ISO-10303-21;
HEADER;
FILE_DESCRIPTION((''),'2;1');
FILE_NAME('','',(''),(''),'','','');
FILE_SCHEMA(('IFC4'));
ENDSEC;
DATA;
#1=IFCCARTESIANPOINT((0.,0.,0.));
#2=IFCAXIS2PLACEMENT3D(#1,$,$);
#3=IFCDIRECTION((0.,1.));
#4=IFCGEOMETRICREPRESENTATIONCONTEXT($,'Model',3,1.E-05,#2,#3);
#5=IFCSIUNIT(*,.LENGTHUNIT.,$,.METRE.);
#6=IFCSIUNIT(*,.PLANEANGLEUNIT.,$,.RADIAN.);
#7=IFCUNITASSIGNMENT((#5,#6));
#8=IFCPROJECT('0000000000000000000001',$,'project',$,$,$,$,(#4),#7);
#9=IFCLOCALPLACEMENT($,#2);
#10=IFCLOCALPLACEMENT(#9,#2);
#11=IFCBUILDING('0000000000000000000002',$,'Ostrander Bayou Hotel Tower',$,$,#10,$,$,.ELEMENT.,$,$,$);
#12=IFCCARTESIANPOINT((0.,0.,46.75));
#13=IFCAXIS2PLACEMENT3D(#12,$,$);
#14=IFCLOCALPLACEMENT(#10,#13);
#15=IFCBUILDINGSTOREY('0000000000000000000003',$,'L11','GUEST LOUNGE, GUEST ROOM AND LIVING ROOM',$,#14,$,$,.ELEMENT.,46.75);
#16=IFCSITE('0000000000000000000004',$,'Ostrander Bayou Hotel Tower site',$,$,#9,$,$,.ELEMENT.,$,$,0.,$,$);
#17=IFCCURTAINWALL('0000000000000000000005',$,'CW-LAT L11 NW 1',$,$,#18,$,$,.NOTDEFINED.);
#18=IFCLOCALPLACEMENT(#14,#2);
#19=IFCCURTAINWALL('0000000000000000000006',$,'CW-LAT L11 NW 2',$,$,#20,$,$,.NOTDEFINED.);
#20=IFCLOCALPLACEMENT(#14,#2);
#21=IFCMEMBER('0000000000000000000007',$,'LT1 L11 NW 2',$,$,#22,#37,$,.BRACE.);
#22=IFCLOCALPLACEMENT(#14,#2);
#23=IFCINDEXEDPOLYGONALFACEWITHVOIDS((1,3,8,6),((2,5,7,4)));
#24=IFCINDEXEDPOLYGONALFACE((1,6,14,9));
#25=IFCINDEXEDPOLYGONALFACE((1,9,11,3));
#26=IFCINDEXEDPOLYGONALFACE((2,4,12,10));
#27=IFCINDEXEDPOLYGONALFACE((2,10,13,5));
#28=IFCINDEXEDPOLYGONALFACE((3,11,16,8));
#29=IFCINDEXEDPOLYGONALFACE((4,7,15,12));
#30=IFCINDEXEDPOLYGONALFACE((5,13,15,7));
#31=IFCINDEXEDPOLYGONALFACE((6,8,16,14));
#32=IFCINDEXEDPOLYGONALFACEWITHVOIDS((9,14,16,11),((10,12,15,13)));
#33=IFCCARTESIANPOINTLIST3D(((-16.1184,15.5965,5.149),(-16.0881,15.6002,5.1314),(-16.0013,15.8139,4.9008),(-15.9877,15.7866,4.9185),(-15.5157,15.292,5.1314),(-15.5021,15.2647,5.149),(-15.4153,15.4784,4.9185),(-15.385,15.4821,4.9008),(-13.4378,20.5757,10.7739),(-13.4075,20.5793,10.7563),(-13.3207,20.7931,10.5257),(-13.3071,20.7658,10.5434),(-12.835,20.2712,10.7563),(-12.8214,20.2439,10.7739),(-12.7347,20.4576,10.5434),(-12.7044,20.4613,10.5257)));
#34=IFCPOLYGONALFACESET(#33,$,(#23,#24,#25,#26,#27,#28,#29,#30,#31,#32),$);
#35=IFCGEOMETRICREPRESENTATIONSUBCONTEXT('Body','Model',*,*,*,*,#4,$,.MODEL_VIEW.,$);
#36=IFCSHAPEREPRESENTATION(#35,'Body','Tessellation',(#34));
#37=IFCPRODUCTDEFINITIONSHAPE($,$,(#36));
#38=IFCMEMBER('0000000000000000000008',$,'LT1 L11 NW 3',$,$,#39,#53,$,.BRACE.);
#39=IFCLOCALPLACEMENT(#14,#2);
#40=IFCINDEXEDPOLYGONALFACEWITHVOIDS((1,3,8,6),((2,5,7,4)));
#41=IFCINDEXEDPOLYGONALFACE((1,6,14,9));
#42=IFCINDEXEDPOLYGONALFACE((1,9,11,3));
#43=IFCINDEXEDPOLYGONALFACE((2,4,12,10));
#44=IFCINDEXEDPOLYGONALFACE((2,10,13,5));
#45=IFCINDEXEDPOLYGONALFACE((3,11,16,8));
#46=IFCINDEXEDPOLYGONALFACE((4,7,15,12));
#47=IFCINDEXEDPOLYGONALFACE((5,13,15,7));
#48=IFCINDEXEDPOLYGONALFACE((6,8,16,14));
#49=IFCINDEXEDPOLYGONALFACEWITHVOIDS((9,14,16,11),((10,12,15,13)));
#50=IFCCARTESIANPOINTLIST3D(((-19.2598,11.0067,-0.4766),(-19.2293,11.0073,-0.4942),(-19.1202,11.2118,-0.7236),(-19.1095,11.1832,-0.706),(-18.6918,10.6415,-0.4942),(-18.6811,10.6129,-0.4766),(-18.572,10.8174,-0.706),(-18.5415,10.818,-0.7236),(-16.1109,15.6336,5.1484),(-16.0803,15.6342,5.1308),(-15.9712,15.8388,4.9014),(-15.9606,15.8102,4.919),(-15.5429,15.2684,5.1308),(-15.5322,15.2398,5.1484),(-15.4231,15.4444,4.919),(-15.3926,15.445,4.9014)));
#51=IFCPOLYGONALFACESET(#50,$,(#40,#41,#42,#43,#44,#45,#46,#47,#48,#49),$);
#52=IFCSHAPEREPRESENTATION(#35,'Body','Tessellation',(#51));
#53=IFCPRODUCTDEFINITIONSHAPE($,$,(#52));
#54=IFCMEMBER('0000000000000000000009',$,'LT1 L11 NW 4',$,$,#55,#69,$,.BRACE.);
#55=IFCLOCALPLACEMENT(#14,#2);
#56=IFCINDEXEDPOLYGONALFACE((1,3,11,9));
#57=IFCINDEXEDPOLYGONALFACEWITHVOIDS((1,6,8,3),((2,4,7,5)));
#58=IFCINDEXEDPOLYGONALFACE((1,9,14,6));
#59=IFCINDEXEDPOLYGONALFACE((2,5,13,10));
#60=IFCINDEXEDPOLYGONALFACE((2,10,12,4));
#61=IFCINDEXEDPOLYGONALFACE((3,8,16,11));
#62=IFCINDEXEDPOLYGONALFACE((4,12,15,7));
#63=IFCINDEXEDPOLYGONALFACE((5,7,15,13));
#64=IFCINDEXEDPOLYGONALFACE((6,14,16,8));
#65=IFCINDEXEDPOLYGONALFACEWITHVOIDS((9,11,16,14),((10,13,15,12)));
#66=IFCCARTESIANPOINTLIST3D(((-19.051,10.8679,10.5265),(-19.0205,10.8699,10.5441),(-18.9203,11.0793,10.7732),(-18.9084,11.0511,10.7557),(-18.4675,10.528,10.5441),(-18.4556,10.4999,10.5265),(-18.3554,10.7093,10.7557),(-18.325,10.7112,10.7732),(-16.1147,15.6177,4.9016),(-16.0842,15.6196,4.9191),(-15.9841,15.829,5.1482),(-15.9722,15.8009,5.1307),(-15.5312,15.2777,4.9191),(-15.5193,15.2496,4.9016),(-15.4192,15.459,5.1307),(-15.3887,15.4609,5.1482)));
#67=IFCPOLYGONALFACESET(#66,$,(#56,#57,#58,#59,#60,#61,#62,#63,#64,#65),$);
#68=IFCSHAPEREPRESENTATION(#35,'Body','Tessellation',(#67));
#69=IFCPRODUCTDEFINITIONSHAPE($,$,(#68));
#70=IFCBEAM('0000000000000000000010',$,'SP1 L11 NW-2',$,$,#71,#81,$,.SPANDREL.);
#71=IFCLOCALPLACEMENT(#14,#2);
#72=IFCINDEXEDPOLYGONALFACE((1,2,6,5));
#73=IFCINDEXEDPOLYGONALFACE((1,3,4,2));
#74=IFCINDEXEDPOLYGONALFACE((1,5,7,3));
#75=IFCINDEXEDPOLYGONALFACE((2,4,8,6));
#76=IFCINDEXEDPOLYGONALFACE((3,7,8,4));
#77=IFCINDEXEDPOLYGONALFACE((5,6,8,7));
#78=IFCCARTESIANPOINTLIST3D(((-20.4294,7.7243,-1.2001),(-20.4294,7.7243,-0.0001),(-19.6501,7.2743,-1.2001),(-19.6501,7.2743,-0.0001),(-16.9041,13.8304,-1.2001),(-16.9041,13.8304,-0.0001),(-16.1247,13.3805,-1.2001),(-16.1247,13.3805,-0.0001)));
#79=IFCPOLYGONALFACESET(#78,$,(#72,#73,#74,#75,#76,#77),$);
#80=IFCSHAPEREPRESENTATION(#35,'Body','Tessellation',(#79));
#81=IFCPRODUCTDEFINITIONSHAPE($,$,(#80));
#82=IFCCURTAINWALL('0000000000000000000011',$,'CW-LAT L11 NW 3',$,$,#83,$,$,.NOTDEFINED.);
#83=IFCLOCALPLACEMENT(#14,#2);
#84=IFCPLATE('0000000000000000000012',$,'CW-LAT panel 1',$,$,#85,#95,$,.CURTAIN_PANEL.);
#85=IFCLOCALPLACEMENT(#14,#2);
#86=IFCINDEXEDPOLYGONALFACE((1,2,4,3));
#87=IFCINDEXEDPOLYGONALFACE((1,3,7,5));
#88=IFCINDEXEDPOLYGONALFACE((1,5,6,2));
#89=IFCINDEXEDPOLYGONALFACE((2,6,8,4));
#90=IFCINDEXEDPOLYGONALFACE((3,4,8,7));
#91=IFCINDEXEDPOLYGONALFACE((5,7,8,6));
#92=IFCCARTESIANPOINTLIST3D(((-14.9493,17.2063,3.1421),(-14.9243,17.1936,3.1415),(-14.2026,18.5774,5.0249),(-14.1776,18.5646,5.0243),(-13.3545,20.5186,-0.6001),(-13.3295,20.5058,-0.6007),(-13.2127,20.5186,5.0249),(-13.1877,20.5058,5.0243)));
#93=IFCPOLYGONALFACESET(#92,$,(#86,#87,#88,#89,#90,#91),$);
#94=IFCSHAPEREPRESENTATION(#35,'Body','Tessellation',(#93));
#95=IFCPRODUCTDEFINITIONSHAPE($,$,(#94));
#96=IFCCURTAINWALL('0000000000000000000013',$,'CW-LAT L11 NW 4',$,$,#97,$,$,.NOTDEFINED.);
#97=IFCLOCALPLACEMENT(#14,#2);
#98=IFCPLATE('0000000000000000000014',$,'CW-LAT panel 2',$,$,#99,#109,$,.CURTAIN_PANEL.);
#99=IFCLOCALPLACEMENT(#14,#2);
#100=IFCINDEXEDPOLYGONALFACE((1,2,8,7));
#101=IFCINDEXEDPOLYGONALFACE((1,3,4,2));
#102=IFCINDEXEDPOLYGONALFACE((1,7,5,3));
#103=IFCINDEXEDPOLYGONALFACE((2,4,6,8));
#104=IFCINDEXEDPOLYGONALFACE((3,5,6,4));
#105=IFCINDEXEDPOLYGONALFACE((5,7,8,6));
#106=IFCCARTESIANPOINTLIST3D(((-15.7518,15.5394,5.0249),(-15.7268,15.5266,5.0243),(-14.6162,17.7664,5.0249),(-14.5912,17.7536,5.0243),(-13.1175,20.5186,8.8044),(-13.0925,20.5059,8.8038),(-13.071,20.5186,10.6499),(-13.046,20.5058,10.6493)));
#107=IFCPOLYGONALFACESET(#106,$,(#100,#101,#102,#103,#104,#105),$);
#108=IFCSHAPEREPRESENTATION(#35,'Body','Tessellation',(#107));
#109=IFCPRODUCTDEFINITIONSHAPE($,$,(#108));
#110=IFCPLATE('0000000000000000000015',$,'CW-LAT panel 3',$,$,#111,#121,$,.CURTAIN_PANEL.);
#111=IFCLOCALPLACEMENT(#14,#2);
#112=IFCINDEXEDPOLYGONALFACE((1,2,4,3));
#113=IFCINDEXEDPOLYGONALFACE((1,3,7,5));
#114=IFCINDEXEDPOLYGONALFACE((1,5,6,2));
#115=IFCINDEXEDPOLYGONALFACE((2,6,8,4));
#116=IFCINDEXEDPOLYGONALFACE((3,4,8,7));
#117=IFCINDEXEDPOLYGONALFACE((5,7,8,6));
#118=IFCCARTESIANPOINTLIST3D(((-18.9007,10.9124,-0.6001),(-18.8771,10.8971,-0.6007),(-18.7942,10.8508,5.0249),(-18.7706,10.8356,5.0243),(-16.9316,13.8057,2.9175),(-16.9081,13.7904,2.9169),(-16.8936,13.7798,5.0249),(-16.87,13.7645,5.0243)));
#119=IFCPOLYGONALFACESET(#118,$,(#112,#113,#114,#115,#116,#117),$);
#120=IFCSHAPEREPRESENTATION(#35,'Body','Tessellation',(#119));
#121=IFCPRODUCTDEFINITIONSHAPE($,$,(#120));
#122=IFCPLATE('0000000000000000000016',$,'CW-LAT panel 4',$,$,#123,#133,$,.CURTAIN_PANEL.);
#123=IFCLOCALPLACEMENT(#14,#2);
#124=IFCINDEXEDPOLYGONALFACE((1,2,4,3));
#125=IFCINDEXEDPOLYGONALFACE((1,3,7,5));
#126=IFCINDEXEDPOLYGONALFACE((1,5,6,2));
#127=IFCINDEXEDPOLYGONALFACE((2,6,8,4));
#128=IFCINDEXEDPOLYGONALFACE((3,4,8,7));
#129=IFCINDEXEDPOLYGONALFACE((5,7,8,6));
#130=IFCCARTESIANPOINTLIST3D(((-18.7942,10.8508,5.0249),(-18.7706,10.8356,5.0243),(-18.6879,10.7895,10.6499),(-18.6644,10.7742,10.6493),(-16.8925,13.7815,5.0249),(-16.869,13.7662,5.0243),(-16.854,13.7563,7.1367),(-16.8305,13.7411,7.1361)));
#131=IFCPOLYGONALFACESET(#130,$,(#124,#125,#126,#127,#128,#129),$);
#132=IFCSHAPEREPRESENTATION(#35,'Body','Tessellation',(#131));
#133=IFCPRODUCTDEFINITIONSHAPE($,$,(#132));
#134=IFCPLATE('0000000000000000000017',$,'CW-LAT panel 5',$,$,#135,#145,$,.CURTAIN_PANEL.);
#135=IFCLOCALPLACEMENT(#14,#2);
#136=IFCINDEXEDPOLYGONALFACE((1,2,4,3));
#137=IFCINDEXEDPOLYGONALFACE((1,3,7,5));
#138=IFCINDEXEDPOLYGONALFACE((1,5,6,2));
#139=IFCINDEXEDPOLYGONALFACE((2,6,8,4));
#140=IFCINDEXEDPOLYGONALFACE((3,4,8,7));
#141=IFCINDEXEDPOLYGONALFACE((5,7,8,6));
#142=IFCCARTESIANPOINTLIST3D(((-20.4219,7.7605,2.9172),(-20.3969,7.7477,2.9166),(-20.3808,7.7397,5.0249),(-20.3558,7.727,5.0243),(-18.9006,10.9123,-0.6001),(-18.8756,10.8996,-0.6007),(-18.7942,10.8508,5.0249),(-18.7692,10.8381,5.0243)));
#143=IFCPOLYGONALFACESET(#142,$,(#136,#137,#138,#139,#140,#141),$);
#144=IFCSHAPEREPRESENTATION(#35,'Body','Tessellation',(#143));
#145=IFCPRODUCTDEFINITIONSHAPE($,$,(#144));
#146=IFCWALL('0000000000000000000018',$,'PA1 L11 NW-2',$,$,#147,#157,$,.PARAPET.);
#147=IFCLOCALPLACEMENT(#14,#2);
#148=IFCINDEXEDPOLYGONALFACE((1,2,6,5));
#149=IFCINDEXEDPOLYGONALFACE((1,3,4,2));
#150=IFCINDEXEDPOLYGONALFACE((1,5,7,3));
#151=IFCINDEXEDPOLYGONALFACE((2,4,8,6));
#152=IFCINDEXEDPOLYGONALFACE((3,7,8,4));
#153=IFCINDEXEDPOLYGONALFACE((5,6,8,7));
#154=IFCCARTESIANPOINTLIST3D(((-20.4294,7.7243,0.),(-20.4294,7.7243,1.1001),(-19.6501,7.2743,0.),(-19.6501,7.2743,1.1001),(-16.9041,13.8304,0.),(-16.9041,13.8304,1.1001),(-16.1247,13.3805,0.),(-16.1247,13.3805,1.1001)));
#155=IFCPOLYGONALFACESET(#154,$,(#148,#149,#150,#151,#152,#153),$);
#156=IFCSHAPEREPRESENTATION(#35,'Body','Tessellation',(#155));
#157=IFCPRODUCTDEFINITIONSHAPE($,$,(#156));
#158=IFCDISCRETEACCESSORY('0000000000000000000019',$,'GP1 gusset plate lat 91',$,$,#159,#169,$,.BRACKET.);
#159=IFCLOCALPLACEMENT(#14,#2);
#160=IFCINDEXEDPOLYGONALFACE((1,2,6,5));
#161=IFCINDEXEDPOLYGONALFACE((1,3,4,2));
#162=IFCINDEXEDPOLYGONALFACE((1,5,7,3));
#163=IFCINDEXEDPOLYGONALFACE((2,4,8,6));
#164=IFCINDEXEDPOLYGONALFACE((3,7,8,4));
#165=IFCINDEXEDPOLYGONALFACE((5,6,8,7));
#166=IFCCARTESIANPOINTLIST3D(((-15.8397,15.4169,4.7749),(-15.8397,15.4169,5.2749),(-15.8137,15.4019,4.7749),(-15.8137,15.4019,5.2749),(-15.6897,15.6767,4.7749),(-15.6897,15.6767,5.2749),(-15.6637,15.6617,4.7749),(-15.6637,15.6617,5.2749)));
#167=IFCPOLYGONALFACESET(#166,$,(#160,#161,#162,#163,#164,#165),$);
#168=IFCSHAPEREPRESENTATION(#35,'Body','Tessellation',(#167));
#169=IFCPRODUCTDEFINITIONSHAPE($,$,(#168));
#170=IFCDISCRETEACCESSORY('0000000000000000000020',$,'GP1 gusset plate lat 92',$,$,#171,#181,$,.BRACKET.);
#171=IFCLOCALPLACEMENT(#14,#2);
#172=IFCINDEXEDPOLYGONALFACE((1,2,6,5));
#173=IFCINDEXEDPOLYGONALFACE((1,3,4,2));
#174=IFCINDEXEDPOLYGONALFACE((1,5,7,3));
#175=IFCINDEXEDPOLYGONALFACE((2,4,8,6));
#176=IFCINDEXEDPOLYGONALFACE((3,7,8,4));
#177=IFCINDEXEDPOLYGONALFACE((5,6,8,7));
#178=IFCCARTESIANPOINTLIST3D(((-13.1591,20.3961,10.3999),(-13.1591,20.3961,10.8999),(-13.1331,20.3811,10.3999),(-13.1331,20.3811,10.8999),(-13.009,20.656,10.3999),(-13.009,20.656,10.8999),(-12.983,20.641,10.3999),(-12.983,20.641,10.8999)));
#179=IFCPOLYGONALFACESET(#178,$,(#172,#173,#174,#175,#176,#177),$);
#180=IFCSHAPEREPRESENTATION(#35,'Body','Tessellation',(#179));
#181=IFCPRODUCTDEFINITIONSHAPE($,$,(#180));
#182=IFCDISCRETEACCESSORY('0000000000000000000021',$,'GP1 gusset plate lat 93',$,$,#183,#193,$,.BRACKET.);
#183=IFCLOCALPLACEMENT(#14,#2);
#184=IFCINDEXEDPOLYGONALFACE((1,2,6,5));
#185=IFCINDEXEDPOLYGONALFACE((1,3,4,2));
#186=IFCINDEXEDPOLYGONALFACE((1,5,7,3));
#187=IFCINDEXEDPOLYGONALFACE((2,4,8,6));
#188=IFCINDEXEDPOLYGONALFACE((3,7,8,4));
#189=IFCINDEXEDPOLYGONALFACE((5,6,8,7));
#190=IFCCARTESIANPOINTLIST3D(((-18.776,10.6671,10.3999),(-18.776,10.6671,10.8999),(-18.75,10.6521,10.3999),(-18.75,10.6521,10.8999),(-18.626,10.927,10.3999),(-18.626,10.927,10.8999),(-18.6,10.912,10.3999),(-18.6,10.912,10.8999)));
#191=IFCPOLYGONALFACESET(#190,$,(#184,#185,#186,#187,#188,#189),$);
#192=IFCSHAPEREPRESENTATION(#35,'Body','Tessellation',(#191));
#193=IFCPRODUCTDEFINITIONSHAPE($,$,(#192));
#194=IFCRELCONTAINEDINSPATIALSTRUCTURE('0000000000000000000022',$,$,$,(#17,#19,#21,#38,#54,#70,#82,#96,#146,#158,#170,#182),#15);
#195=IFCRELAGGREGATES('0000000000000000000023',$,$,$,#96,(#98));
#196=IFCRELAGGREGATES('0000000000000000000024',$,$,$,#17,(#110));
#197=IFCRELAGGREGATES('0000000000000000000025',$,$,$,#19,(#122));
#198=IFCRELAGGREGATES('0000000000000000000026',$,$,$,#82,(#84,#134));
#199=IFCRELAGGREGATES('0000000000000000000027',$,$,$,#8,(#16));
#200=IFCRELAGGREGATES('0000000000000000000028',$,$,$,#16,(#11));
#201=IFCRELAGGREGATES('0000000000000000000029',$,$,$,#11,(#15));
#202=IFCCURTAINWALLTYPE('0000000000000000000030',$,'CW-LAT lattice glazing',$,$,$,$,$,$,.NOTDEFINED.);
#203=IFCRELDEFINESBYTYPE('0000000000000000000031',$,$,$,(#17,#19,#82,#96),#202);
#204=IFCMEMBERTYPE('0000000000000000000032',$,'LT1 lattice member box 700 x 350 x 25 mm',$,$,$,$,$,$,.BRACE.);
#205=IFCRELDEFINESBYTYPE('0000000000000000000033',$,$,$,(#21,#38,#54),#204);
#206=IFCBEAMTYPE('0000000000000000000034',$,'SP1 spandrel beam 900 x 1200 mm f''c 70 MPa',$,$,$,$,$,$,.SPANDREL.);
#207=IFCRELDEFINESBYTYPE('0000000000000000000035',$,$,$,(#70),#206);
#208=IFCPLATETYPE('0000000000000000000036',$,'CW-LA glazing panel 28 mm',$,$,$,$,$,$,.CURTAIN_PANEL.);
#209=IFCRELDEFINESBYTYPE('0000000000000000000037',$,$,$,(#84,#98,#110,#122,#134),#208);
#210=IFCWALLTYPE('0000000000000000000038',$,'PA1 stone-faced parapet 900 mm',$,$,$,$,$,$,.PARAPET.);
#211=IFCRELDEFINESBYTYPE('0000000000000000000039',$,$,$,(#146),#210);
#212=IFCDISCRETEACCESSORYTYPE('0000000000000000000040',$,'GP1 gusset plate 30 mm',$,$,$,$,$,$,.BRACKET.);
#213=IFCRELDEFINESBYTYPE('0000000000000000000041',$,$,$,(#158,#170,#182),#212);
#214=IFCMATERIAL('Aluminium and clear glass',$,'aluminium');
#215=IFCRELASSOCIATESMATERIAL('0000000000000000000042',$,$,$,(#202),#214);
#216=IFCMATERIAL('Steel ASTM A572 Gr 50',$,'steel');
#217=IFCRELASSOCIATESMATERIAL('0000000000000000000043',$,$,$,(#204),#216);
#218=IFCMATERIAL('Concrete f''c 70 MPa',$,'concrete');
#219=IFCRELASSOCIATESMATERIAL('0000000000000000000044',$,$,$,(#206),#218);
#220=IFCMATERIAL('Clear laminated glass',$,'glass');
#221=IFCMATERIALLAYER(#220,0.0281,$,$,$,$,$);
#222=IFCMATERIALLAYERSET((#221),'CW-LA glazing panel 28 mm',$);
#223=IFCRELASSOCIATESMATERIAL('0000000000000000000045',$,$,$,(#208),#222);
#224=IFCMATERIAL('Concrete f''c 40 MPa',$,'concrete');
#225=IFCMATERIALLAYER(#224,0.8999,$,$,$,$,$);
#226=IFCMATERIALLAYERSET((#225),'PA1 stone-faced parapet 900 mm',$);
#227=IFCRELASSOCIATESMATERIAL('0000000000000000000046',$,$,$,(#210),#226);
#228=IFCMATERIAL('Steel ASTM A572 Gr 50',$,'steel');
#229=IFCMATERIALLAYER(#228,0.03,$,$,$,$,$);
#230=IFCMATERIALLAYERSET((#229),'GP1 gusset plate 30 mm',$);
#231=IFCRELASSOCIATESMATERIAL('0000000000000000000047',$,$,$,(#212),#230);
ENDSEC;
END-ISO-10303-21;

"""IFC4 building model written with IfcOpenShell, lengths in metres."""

from ifc_helpers import new_model, si_unit, direction, frame, frame_2d, origin, origin_2d, place, context, subcontext, project, spatial, polyline, rectangle, hollow_rectangle, outline, extrude, material, layer, layer_set, material_profile, profile_set, type_object, element, aggregate, save


model = new_model("IFC4")

# Units and contexts
model_context = context("Model", 3, precision=1e-05, world=origin(), true_north=direction((0.0, 1.0)))
body_context = subcontext(model_context, "Body", "Model", "MODEL_VIEW")
ifc_project = project(units=[si_unit("LENGTHUNIT", "METRE"), si_unit("PLANEANGLEUNIT", "RADIAN")], contexts=[model_context])

# Site, building, storey
site_placement = place(None, origin())
site = spatial("IfcSite", under=ifc_project, at=site_placement, Name="Ostrander Bayou Hotel Tower site", CompositionType="ELEMENT", RefElevation=0.0)
building_placement = place(site_placement, origin())
building = spatial("IfcBuilding", under=site, at=building_placement, Name="Ostrander Bayou Hotel Tower", CompositionType="ELEMENT")
storey_placement = place(building_placement, frame((0.0, 0.0, 46.75)))
storey = spatial("IfcBuildingStorey", under=building, at=storey_placement, Name="L11", Description="GUEST LOUNGE, GUEST ROOM AND LIVING ROOM", CompositionType="ELEMENT", Elevation=46.75)

# Curtain walls
ifc_material_1 = material(Name="Aluminium and clear glass", Category="aluminium")
curtain_wall_type = type_object("IfcCurtainWallType", Name="CW-LAT lattice glazing", PredefinedType="NOTDEFINED", material=ifc_material_1)
curtain_wall_1_placement = place(storey_placement, origin())
curtain_wall_1 = element("IfcCurtainWall", 1, at=curtain_wall_1_placement, inside=storey, type_object=curtain_wall_type, Name="CW-LAT L11 NW 1", PredefinedType="NOTDEFINED")
curtain_wall_2_placement = place(storey_placement, origin())
curtain_wall_2 = element("IfcCurtainWall", 2, at=curtain_wall_2_placement, inside=storey, type_object=curtain_wall_type, Name="CW-LAT L11 NW 2", PredefinedType="NOTDEFINED")

# Members
ifc_material_2 = material(Name="Steel ASTM A572 Gr 50", Category="steel")
ifc_material_profile_1 = material_profile(ifc_material_2, hollow_rectangle(XDim=0.7, YDim=0.3501, WallThickness=0.0249, at=origin_2d()))
ifc_profile_set_1 = profile_set([ifc_material_profile_1], Name="Steel ASTM A572 Gr 50")
member_type_1 = type_object("IfcMemberType", Name="LT1 lattice member box 700 x 350 x 25 mm", PredefinedType="BRACE", material=ifc_profile_set_1)
member_1_placement = place(storey_placement, frame((-15.7517, 15.5393, 5.0249), z_axis=(0.336084, 0.624265, 0.705225), x_axis=(-0.880506, 0.474035, 0.0)))
element("IfcMember", 3, at=member_1_placement, inside=storey, type_object=member_type_1, Name="LT1 L11 NW 2", PredefinedType="BRACE", context=body_context, shape_type="SweptSolid", body=[
    extrude(hollow_rectangle(XDim=0.7, YDim=0.3501, WallThickness=0.0249, at=origin_2d()), origin(), (0.0, 0.0, 1.0), 7.9761),
])
member_2_placement = place(storey_placement, frame((-15.7517, 15.5393, 5.0249), z_axis=(-0.396837, -0.583103, -0.70888), x_axis=(0.826711, -0.562627, 0.0)))
element("IfcMember", 4, at=member_2_placement, inside=storey, type_object=member_type_1, Name="LT1 L11 NW 3", PredefinedType="BRACE", context=body_context, shape_type="SweptSolid", body=[
    extrude(hollow_rectangle(XDim=0.7, YDim=0.3501, WallThickness=0.0249, at=origin_2d()), origin(), (0.0, 0.0, 1.0), 7.9351),
])
member_3_placement = place(storey_placement, frame((-15.7517, 15.5393, 5.0249), z_axis=(-0.370459, -0.599258, 0.709684), x_axis=(0.850589, -0.525831, 0.0)))
element("IfcMember", 5, at=member_3_placement, inside=storey, type_object=member_type_1, Name="LT1 L11 NW 4", PredefinedType="BRACE", context=body_context, shape_type="SweptSolid", body=[
    extrude(hollow_rectangle(XDim=0.7, YDim=0.3501, WallThickness=0.0249, at=origin_2d()), origin(), (0.0, 0.0, 1.0), 7.926),
])

# Beam
ifc_material_3 = material(Name="Concrete f'c 70 MPa", Category="concrete")
ifc_material_profile_2 = material_profile(ifc_material_3, rectangle(XDim=0.8999, YDim=1.2, at=origin_2d()))
ifc_profile_set_2 = profile_set([ifc_material_profile_2], Name="Concrete f'c 70 MPa")
beam_type_1 = type_object("IfcBeamType", Name="SP1 spandrel beam 900 x 1200 mm f'c 70 MPa", PredefinedType="SPANDREL", material=ifc_profile_set_2)
beam_1_placement = place(storey_placement, frame((-16.5144, 13.6055, -0.6001), z_axis=(-0.499997, -0.866027, 0.0), x_axis=(0.866027, -0.499997, 0.0)))
element("IfcBeam", 6, at=beam_1_placement, inside=storey, type_object=beam_type_1, Name="SP1 L11 NW-2", PredefinedType="SPANDREL", context=body_context, shape_type="SweptSolid", body=[
    extrude(rectangle(XDim=0.8999, YDim=1.2, at=origin_2d()), origin(), (0.0, 0.0, 1.0), 7.0508),
])

# Curtain walls, plates
curtain_wall_3_placement = place(storey_placement, origin())
curtain_wall_3 = element("IfcCurtainWall", 7, at=curtain_wall_3_placement, inside=storey, type_object=curtain_wall_type, Name="CW-LAT L11 NW 3", PredefinedType="NOTDEFINED")
ifc_material_4 = material(Name="Clear laminated glass", Category="glass")
ifc_layer_1 = layer(ifc_material_4, 0.0281)
ifc_layer_set_1 = layer_set([ifc_layer_1], Name="CW-LA glazing panel 28 mm")
plate_type = type_object("IfcPlateType", Name="CW-LA glazing panel 28 mm", PredefinedType="CURTAIN_PANEL", material=ifc_layer_set_1)
plate_1_placement = place(storey_placement, frame((-13.3545, 20.5186, -0.6001), z_axis=(-0.890625, 0.454183, 0.022447), x_axis=(0.025198, 0.000005, 0.999682)))
plate_1 = element("IfcPlate", 8, at=plate_1_placement, type_object=plate_type, Name="CW-LAT panel 1", PredefinedType="CURTAIN_PANEL", context=body_context, shape_type="SweptSolid", body=[
    extrude(outline(polyline([(0.0, 0.0), (5.6268, 0.0), (5.6018, -2.1789), (3.7008, -3.7178), (0.0, 0.0)])), origin(), (0.0, 0.0, -1.0), 0.0281),
])
curtain_wall_4_placement = place(storey_placement, origin())
curtain_wall_4 = element("IfcCurtainWall", 9, at=curtain_wall_4_placement, inside=storey, type_object=curtain_wall_type, Name="CW-LAT L11 NW 4", PredefinedType="NOTDEFINED")
plate_2_placement = place(storey_placement, frame((-13.071, 20.5186, 10.6499), z_axis=(-0.890639, 0.454156, 0.022446), x_axis=(-0.336096, -0.624258, -0.705224)))
plate_2 = element("IfcPlate", 10, at=plate_2_placement, type_object=plate_type, Name="CW-LAT panel 2", PredefinedType="CURTAIN_PANEL", context=body_context, shape_type="SweptSolid", body=[
    extrude(outline(polyline([(0.0, 0.0), (7.9762, 0.0), (6.2043, -1.7634), (1.3171, -1.2935), (0.0, 0.0)])), origin(), (0.0, 0.0, -1.0), 0.0281),
])
aggregate(curtain_wall_4, [plate_2])

# Plates
plate_3_placement = place(storey_placement, frame((-16.9316, 13.8057, 2.9175), z_axis=(-0.838664, 0.544211, 0.021827), x_axis=(-0.396818, -0.58309, -0.708902)))
plate_3 = element("IfcPlate", 11, at=plate_3_placement, type_object=plate_type, Name="CW-LAT panel 3", PredefinedType="CURTAIN_PANEL", context=body_context, shape_type="SweptSolid", body=[
    extrude(outline(polyline([(0.0, 0.0), (4.962, 0.0), (0.9681, 3.9629), (-1.494, 1.4871), (0.0, 0.0)])), origin(), (0.0, 0.0, -1.0), 0.0281),
])
aggregate(curtain_wall_1, [plate_3])
plate_4_placement = place(storey_placement, frame((-16.854, 13.7563, 7.1367), z_axis=(-0.83867, 0.544204, 0.021773), x_axis=(-0.370452, -0.599294, 0.709656)))
plate_4 = element("IfcPlate", 12, at=plate_4_placement, type_object=plate_type, Name="CW-LAT panel 4", PredefinedType="CURTAIN_PANEL", context=body_context, shape_type="SweptSolid", body=[
    extrude(outline(polyline([(0.0, 0.0), (4.9505, 0.0), (0.9613, -3.9676), (-1.4994, -1.4878), (0.0, 0.0)])), origin(), (0.0, 0.0, -1.0), 0.0281),
])
aggregate(curtain_wall_2, [plate_4])
plate_5_placement = place(storey_placement, frame((-20.4219, 7.7605, 2.9172), z_axis=(-0.890625, 0.454215, 0.021817), x_axis=(0.306592, 0.635215, -0.708875)))
plate_5 = element("IfcPlate", 13, at=plate_5_placement, type_object=plate_type, Name="CW-LAT panel 5", PredefinedType="CURTAIN_PANEL", context=body_context, shape_type="SweptSolid", body=[
    extrude(outline(polyline([(0.0, 0.0), (4.9619, 0.0), (0.968, -3.9629), (-1.4947, -1.4867), (0.0, 0.0)])), origin(), (0.0, 0.0, -1.0), 0.0281),
])
aggregate(curtain_wall_3, [plate_1, plate_5])

# Wall
ifc_material_5 = material(Name="Concrete f'c 40 MPa", Category="concrete")
ifc_layer_2 = layer(ifc_material_5, 0.8999)
ifc_layer_set_2 = layer_set([ifc_layer_2], Name="PA1 stone-faced parapet 900 mm")
wall_type = type_object("IfcWallType", Name="PA1 stone-faced parapet 900 mm", PredefinedType="PARAPET", material=ifc_layer_set_2)
wall_placement = place(storey_placement, frame((-16.5144, 13.6055, 0.0), z_axis=(0.0, 0.0, 1.0), x_axis=(-0.499997, -0.866027, 0.0)))
element("IfcWall", 14, at=wall_placement, inside=storey, type_object=wall_type, Name="PA1 L11 NW-2", PredefinedType="PARAPET", context=body_context, shape_type="SweptSolid", body=[
    extrude(rectangle(XDim=7.0508, YDim=0.8999, at=frame_2d((3.5254, 0.0))), origin(), (0.0, 0.0, 1.0), 1.1001),
])

# Discrete accessories
ifc_material_6 = material(Name="Steel ASTM A572 Gr 50", Category="steel")
ifc_layer_3 = layer(ifc_material_6, 0.03)
ifc_layer_set_3 = layer_set([ifc_layer_3], Name="GP1 gusset plate 30 mm")
discrete_accessory_type = type_object("IfcDiscreteAccessoryType", Name="GP1 gusset plate 30 mm", PredefinedType="BRACKET", material=ifc_layer_set_3)
for number, where, z_axis, x_axis, name in (
    (15, (-15.7517, 15.5393, 4.7749), (0.0, 0.0, 1.0), (-0.5, -0.866025, 0.0), "GP1 gusset plate lat 91"),
    (16, (-13.071, 20.5186, 10.3999), (0.0, 0.0, 1.0), (-0.5, -0.866025, 0.0), "GP1 gusset plate lat 92"),
    (17, (-18.688, 10.7896, 10.3999), (0.0, 0.0, 1.0), (-0.5, -0.866025, 0.0), "GP1 gusset plate lat 93"),
):
    element("IfcDiscreteAccessory", number, at=place(storey_placement, frame(where, z_axis=z_axis, x_axis=x_axis)), inside=storey, type_object=discrete_accessory_type, Name=name, PredefinedType="BRACKET", context=body_context, shape_type="SweptSolid", body=[
        extrude(rectangle(XDim=0.3, YDim=0.03, at=origin_2d()), origin(), (0.0, 0.0, 1.0), 0.5),
    ])

save(model, "model.ifc")
